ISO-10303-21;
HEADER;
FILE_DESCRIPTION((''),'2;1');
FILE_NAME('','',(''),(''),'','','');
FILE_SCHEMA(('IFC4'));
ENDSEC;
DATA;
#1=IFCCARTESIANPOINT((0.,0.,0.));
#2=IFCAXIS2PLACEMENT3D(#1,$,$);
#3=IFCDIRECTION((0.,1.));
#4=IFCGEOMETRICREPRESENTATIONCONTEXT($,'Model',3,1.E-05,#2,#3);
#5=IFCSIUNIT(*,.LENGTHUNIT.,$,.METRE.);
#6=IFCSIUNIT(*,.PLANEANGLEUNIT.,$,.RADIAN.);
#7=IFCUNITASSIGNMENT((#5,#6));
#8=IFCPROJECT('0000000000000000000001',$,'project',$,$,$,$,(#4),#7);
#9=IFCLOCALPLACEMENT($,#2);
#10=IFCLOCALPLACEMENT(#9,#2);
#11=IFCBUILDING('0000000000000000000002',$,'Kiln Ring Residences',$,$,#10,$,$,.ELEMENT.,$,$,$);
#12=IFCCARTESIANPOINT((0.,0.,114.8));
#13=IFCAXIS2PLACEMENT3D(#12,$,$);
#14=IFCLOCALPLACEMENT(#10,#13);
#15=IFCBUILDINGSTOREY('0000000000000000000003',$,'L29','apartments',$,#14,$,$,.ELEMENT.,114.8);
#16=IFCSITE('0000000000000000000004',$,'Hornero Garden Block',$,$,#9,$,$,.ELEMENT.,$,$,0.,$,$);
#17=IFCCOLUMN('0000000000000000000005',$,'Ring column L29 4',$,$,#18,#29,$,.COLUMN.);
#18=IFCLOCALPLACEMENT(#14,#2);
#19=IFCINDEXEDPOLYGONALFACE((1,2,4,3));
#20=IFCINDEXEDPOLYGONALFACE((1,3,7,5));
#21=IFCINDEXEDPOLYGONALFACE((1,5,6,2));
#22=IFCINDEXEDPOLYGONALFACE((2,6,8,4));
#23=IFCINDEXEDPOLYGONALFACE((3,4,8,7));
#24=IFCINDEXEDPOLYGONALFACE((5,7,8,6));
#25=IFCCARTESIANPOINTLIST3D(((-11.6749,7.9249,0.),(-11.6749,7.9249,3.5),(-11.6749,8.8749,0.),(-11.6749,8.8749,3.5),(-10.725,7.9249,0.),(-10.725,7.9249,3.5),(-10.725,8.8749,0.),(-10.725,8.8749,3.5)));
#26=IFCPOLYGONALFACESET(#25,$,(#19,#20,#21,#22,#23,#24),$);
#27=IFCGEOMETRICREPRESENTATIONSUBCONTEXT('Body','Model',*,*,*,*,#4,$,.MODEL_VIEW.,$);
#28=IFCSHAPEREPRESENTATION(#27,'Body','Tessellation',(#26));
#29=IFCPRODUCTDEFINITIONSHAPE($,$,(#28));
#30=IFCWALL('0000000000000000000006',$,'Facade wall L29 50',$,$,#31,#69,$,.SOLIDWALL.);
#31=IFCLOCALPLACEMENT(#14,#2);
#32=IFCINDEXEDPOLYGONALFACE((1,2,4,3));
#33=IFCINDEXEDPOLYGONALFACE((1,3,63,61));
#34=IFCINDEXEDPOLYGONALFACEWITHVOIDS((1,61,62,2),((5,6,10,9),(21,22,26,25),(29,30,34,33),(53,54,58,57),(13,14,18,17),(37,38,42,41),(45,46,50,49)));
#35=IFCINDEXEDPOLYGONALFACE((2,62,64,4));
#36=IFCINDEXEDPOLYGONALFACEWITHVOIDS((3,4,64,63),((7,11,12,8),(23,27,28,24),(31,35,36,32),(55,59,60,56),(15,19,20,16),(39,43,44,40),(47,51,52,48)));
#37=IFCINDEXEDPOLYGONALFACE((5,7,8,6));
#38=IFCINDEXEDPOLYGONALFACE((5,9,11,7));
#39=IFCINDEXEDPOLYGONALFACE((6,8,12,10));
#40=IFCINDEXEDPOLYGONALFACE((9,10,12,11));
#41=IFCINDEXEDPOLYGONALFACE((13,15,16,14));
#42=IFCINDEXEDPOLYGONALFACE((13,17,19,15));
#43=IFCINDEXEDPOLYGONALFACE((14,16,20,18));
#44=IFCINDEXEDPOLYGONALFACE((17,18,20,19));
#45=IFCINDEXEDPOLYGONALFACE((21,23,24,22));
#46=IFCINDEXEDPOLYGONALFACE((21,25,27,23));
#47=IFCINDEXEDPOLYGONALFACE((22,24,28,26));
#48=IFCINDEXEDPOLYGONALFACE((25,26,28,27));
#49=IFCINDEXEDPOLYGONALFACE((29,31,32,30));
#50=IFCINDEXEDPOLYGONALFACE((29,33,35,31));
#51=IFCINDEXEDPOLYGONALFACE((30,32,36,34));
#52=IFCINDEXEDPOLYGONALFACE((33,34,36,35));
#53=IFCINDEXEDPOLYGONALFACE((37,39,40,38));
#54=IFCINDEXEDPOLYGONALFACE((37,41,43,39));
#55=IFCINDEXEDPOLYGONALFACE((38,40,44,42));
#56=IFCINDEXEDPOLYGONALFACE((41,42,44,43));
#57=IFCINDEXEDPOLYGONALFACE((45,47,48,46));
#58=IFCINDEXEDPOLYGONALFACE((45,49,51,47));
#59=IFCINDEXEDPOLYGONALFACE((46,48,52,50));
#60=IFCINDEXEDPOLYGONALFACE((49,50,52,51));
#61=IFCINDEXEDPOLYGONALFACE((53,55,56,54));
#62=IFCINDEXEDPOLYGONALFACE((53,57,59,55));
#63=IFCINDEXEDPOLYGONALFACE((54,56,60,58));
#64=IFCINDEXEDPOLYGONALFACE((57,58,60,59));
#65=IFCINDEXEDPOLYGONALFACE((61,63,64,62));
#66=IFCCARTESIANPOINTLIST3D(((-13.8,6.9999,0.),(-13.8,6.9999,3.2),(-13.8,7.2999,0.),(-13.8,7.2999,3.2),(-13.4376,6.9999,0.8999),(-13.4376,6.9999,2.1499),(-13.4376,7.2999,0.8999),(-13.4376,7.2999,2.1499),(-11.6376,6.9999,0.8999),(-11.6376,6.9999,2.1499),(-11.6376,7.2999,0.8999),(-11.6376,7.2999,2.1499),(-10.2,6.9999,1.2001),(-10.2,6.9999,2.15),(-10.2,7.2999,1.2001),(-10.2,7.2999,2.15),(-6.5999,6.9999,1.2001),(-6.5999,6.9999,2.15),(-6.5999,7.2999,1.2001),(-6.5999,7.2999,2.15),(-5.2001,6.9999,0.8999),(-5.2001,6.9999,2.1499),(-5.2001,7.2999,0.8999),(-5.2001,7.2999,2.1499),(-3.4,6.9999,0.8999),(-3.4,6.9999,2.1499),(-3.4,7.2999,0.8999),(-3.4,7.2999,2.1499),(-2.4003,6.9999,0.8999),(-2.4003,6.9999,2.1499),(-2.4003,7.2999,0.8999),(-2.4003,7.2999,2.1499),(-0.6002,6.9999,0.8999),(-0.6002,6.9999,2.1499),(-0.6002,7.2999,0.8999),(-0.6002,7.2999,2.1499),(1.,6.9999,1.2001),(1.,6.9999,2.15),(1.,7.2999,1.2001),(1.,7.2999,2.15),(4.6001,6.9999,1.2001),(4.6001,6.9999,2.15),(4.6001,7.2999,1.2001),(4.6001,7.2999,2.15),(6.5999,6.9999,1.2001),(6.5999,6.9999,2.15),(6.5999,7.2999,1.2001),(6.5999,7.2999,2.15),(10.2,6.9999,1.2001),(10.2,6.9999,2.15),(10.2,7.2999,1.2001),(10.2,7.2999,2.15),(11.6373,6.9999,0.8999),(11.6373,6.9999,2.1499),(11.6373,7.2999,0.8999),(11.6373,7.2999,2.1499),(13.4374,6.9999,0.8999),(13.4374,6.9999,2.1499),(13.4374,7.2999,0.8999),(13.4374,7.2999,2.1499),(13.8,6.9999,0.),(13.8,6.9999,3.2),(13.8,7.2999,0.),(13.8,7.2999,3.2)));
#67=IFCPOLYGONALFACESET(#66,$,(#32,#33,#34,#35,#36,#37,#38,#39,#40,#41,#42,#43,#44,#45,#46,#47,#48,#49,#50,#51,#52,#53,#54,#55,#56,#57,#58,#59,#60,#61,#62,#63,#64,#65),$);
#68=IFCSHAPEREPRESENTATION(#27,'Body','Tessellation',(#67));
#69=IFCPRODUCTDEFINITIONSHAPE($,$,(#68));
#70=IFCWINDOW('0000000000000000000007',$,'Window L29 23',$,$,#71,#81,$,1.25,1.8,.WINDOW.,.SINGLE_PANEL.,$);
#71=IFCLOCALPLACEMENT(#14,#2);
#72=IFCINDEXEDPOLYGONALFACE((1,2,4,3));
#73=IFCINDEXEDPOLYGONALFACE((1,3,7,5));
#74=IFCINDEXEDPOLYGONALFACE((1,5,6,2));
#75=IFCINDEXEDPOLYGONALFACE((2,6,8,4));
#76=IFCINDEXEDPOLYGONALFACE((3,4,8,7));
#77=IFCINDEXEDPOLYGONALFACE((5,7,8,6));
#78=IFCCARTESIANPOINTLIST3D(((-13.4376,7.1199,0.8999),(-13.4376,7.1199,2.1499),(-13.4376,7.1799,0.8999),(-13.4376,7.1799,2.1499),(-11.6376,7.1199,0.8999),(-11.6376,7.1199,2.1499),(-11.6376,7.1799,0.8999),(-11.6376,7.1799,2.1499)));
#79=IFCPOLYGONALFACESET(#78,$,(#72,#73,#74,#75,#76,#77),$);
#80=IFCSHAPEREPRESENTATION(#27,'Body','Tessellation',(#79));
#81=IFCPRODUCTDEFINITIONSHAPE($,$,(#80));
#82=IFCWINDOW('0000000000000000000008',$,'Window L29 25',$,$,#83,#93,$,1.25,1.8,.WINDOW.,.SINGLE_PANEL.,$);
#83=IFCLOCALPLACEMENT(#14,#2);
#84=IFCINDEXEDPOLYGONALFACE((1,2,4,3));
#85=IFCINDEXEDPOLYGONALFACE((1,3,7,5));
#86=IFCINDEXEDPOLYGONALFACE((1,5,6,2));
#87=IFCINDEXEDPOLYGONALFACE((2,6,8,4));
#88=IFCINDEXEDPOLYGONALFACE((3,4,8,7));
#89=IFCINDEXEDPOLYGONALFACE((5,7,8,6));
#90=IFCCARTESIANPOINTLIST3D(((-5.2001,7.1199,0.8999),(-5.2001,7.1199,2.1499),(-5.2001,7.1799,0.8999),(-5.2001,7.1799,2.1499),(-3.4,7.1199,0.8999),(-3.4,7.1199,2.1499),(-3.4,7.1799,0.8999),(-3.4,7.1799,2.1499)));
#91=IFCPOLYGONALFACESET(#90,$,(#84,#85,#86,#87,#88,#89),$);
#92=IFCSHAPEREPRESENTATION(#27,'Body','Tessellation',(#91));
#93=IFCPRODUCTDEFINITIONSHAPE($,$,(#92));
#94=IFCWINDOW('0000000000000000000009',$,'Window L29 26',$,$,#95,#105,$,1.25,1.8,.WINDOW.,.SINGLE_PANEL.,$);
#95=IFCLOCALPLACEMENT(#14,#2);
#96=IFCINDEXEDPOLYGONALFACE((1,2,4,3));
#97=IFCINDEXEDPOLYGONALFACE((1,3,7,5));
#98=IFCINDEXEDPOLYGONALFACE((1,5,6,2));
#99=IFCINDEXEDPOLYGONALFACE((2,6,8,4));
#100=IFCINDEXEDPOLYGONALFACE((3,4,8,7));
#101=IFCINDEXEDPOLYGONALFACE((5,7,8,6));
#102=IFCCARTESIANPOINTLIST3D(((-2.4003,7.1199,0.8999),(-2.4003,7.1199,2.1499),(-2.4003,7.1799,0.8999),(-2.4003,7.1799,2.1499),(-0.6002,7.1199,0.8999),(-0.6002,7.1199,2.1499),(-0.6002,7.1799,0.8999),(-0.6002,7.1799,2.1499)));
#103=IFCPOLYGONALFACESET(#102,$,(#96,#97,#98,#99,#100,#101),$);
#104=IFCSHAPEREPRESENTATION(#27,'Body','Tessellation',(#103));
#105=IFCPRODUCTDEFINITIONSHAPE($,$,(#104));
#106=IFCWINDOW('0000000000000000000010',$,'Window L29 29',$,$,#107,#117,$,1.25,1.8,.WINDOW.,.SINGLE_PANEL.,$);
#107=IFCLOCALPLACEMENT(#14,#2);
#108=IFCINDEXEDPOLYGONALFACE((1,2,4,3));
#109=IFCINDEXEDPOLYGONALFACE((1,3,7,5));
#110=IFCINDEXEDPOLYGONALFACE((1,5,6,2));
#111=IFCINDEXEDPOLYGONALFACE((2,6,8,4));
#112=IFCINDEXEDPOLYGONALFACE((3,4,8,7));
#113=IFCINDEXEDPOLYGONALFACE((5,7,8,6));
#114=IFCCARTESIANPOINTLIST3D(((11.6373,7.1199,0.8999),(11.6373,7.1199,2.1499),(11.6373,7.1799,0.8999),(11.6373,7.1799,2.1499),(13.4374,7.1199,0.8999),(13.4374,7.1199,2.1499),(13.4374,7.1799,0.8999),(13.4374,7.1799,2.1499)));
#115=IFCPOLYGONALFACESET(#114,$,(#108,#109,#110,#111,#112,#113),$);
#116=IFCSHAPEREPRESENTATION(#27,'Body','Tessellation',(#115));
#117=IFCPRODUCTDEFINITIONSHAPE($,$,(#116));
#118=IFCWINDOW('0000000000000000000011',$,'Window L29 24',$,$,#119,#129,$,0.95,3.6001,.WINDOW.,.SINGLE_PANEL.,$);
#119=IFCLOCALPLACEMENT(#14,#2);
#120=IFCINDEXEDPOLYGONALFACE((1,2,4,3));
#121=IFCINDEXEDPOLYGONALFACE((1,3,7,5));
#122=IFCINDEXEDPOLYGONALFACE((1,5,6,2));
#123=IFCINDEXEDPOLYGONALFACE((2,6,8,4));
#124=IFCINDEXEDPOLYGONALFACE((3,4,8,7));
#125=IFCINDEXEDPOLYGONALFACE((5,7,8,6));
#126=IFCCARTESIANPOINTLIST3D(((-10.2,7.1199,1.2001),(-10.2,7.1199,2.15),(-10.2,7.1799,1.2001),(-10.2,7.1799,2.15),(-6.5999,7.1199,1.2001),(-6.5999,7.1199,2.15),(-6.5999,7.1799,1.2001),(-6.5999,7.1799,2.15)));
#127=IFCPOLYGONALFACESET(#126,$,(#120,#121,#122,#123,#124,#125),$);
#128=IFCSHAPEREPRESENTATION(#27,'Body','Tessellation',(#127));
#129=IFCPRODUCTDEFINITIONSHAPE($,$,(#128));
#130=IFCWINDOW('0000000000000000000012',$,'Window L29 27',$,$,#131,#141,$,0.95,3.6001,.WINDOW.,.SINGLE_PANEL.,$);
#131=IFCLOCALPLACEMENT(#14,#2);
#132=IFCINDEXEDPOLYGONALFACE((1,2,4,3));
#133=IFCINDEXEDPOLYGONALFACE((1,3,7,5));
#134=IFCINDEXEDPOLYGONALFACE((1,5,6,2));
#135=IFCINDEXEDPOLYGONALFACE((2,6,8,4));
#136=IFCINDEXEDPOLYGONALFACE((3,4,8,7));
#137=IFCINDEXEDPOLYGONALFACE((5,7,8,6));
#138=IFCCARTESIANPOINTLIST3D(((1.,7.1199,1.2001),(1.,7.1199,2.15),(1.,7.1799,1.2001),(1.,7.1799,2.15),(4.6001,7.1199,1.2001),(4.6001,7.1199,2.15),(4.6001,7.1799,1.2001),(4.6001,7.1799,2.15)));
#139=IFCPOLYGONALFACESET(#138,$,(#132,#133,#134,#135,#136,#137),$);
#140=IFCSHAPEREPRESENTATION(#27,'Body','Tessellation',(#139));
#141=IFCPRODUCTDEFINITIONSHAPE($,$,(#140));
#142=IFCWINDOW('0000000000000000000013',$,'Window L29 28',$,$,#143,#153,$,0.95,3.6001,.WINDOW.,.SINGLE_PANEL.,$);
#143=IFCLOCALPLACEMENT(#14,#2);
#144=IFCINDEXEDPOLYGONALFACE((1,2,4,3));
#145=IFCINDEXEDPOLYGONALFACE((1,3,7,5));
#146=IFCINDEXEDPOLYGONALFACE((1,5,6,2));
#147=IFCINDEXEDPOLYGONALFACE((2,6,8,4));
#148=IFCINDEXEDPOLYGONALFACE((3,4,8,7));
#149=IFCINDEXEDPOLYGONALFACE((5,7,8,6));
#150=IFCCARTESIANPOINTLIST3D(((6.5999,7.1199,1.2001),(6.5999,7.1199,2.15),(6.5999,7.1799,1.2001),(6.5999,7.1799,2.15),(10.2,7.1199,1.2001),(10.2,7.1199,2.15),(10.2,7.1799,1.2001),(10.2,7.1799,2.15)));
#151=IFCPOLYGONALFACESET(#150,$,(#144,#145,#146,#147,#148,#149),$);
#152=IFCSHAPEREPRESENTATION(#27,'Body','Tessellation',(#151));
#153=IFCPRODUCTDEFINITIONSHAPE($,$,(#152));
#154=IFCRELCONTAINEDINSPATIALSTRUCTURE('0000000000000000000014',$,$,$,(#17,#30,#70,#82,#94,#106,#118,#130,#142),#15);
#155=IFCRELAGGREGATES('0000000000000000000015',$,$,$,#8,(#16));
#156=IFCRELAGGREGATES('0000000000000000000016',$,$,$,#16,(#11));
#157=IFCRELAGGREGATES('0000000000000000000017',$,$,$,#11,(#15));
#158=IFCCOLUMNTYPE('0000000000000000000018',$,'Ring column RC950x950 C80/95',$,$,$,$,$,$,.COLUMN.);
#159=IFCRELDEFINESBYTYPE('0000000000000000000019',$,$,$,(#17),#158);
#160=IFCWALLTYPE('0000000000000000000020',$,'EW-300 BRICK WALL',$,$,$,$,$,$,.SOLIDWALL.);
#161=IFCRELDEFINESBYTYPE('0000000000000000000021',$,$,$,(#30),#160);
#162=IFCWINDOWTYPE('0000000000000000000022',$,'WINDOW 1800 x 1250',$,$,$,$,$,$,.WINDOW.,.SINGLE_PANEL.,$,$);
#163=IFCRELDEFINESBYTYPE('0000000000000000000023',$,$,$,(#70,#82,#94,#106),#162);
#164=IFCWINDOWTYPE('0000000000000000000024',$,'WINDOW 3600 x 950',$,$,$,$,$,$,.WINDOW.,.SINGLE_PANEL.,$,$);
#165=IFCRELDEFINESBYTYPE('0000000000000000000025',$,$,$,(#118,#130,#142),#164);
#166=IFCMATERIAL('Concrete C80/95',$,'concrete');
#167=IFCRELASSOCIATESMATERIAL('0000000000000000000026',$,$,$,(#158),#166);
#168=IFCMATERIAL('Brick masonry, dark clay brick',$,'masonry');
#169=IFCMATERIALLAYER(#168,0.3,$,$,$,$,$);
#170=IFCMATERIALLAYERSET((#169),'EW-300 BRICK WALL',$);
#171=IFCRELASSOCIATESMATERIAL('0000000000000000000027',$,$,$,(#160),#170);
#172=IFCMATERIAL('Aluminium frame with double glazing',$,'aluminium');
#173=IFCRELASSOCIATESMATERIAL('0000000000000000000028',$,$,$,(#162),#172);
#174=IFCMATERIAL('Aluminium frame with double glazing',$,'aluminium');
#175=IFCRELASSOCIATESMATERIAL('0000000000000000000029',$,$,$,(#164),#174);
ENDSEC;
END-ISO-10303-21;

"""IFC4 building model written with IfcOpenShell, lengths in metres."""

from ifc_helpers import new_model, si_unit, direction, frame, frame_2d, origin, origin_2d, place, context, subcontext, project, spatial, rectangle, extrude, material, layer, layer_set, material_profile, profile_set, type_object, element, fill, save


model = new_model("IFC4")

# Units and contexts
model_context = context("Model", 3, precision=1e-05, world=origin(), true_north=direction((0.0, 1.0)))
body_context = subcontext(model_context, "Body", "Model", "MODEL_VIEW")
ifc_project = project(units=[si_unit("LENGTHUNIT", "METRE"), si_unit("PLANEANGLEUNIT", "RADIAN")], contexts=[model_context])

# Site, building, storey
site_placement = place(None, origin())
site = spatial("IfcSite", under=ifc_project, at=site_placement, Name="Hornero Garden Block", CompositionType="ELEMENT", RefElevation=0.0)
building_placement = place(site_placement, origin())
building = spatial("IfcBuilding", under=site, at=building_placement, Name="Kiln Ring Residences", CompositionType="ELEMENT")
storey_placement = place(building_placement, frame((0.0, 0.0, 114.8)))
storey = spatial("IfcBuildingStorey", under=building, at=storey_placement, Name="L29", Description="apartments", CompositionType="ELEMENT", Elevation=114.8)

# Column
ifc_material_1 = material(Name="Concrete C80/95", Category="concrete")
ifc_material_profile = material_profile(ifc_material_1, rectangle(XDim=0.95, YDim=0.95, at=origin_2d()), Name="RC950x950")
ifc_profile_set = profile_set([ifc_material_profile], Name="Concrete C80/95")
column_type = type_object("IfcColumnType", Name="Ring column RC950x950 C80/95", PredefinedType="COLUMN", material=ifc_profile_set)
column_placement = place(storey_placement, frame((-11.2, 8.3999, 0.0), z_axis=(0.0, 0.0, 1.0), x_axis=(1.0, 0.0, 0.0)))
element("IfcColumn", 1, at=column_placement, inside=storey, type_object=column_type, Name="Ring column L29 4", PredefinedType="COLUMN", context=body_context, shape_type="SweptSolid", body=[
    extrude(rectangle(XDim=0.95, YDim=0.95, at=origin_2d()), origin(), (0.0, 0.0, 1.0), 3.5),
])

# Wall, openings, windows
ifc_material_2 = material(Name="Brick masonry, dark clay brick", Category="masonry")
ifc_layer_1 = layer(ifc_material_2, 0.3)
ifc_layer_set_1 = layer_set([ifc_layer_1], Name="EW-300 BRICK WALL")
wall_type_1 = type_object("IfcWallType", Name="EW-300 BRICK WALL", PredefinedType="SOLIDWALL", material=ifc_layer_set_1)
wall_1_placement = place(storey_placement, frame((-13.8, 7.1499, 0.0), z_axis=(0.0, 0.0, 1.0), x_axis=(1.0, 0.0, 0.0)))
wall_1 = element("IfcWall", 2, at=wall_1_placement, inside=storey, type_object=wall_type_1, Name="Facade wall L29 50", PredefinedType="SOLIDWALL", context=body_context, shape_type="SweptSolid", body=[
    extrude(rectangle(XDim=27.6001, YDim=0.3, at=frame_2d((13.8, 0.0))), origin(), (0.0, 0.0, 1.0), 3.2),
])
opening_1_placement = place(wall_1_placement, frame((0.3625, 0.0, 0.8999)))
opening_1 = element("IfcOpeningElement", 3, at=opening_1_placement, cuts=wall_1, PredefinedType="OPENING", context=body_context, shape_type="SweptSolid", body=[
    extrude(rectangle(XDim=1.8, YDim=1.25, at=frame_2d((0.8999, 0.625))), frame((0.0, 0.1599, 0.0), z_axis=(0.0, -1.0, 0.0), x_axis=(1.0, 0.0, 0.0)), (0.0, 0.0, 1.0), 0.3201),
])
opening_2_placement = place(wall_1_placement, frame((3.6001, 0.0, 1.2)))
opening_2 = element("IfcOpeningElement", 4, at=opening_2_placement, cuts=wall_1, PredefinedType="OPENING", context=body_context, shape_type="SweptSolid", body=[
    extrude(rectangle(XDim=3.6001, YDim=0.95, at=frame_2d((1.8, 0.4751))), frame((0.0, 0.1599, 0.0), z_axis=(0.0, -1.0, 0.0), x_axis=(1.0, 0.0, 0.0)), (0.0, 0.0, 1.0), 0.3201),
])
opening_3_placement = place(wall_1_placement, frame((8.6001, 0.0, 0.8999)))
opening_3 = element("IfcOpeningElement", 5, at=opening_3_placement, cuts=wall_1, PredefinedType="OPENING", context=body_context, shape_type="SweptSolid", body=[
    extrude(rectangle(XDim=1.8, YDim=1.25, at=frame_2d((0.8999, 0.625))), frame((0.0, 0.1599, 0.0), z_axis=(0.0, -1.0, 0.0), x_axis=(1.0, 0.0, 0.0)), (0.0, 0.0, 1.0), 0.3201),
])
opening_4_placement = place(wall_1_placement, frame((11.3999, 0.0, 0.8999)))
opening_4 = element("IfcOpeningElement", 6, at=opening_4_placement, cuts=wall_1, PredefinedType="OPENING", context=body_context, shape_type="SweptSolid", body=[
    extrude(rectangle(XDim=1.8, YDim=1.25, at=frame_2d((0.8999, 0.625))), frame((0.0, 0.1599, 0.0), z_axis=(0.0, -1.0, 0.0), x_axis=(1.0, 0.0, 0.0)), (0.0, 0.0, 1.0), 0.3201),
])
opening_5_placement = place(wall_1_placement, frame((14.8, 0.0, 1.2)))
opening_5 = element("IfcOpeningElement", 7, at=opening_5_placement, cuts=wall_1, PredefinedType="OPENING", context=body_context, shape_type="SweptSolid", body=[
    extrude(rectangle(XDim=3.6001, YDim=0.95, at=frame_2d((1.8, 0.4751))), frame((0.0, 0.1599, 0.0), z_axis=(0.0, -1.0, 0.0), x_axis=(1.0, 0.0, 0.0)), (0.0, 0.0, 1.0), 0.3201),
])
opening_6_placement = place(wall_1_placement, frame((20.3999, 0.0, 1.2)))
opening_6 = element("IfcOpeningElement", 8, at=opening_6_placement, cuts=wall_1, PredefinedType="OPENING", context=body_context, shape_type="SweptSolid", body=[
    extrude(rectangle(XDim=3.6001, YDim=0.95, at=frame_2d((1.8, 0.4751))), frame((0.0, 0.1599, 0.0), z_axis=(0.0, -1.0, 0.0), x_axis=(1.0, 0.0, 0.0)), (0.0, 0.0, 1.0), 0.3201),
])
opening_7_placement = place(wall_1_placement, frame((25.4375, 0.0, 0.8999)))
opening_7 = element("IfcOpeningElement", 9, at=opening_7_placement, cuts=wall_1, PredefinedType="OPENING", context=body_context, shape_type="SweptSolid", body=[
    extrude(rectangle(XDim=1.8, YDim=1.25, at=frame_2d((0.8999, 0.625))), frame((0.0, 0.1599, 0.0), z_axis=(0.0, -1.0, 0.0), x_axis=(1.0, 0.0, 0.0)), (0.0, 0.0, 1.0), 0.3201),
])
ifc_material_3 = material(Name="Aluminium frame with double glazing", Category="aluminium")
window_type_1 = type_object("IfcWindowType", Name="WINDOW 1800 x 1250", PartitioningType="SINGLE_PANEL", PredefinedType="WINDOW", material=ifc_material_3)
window_1_placement = place(opening_1_placement, origin())
window_1 = element("IfcWindow", 10, at=window_1_placement, inside=storey, type_object=window_type_1, Name="Window L29 23", OverallHeight=1.25, OverallWidth=1.8, PartitioningType="SINGLE_PANEL", PredefinedType="WINDOW", context=body_context, shape_type="SweptSolid", body=[
    extrude(rectangle(XDim=1.8, YDim=1.25, at=frame_2d((0.8999, 0.625))), frame((0.0, 0.03, 0.0), z_axis=(0.0, -1.0, 0.0), x_axis=(1.0, 0.0, 0.0)), (0.0, 0.0, 1.0), 0.0601),
])
fill(opening_1, window_1)
window_2_placement = place(opening_3_placement, origin())
window_2 = element("IfcWindow", 11, at=window_2_placement, inside=storey, type_object=window_type_1, Name="Window L29 25", OverallHeight=1.25, OverallWidth=1.8, PartitioningType="SINGLE_PANEL", PredefinedType="WINDOW", context=body_context, shape_type="SweptSolid", body=[
    extrude(rectangle(XDim=1.8, YDim=1.25, at=frame_2d((0.8999, 0.625))), frame((0.0, 0.03, 0.0), z_axis=(0.0, -1.0, 0.0), x_axis=(1.0, 0.0, 0.0)), (0.0, 0.0, 1.0), 0.0601),
])
fill(opening_3, window_2)
window_3_placement = place(opening_4_placement, origin())
window_3 = element("IfcWindow", 12, at=window_3_placement, inside=storey, type_object=window_type_1, Name="Window L29 26", OverallHeight=1.25, OverallWidth=1.8, PartitioningType="SINGLE_PANEL", PredefinedType="WINDOW", context=body_context, shape_type="SweptSolid", body=[
    extrude(rectangle(XDim=1.8, YDim=1.25, at=frame_2d((0.8999, 0.625))), frame((0.0, 0.03, 0.0), z_axis=(0.0, -1.0, 0.0), x_axis=(1.0, 0.0, 0.0)), (0.0, 0.0, 1.0), 0.0601),
])
fill(opening_4, window_3)
window_4_placement = place(opening_7_placement, origin())
window_4 = element("IfcWindow", 13, at=window_4_placement, inside=storey, type_object=window_type_1, Name="Window L29 29", OverallHeight=1.25, OverallWidth=1.8, PartitioningType="SINGLE_PANEL", PredefinedType="WINDOW", context=body_context, shape_type="SweptSolid", body=[
    extrude(rectangle(XDim=1.8, YDim=1.25, at=frame_2d((0.8999, 0.625))), frame((0.0, 0.03, 0.0), z_axis=(0.0, -1.0, 0.0), x_axis=(1.0, 0.0, 0.0)), (0.0, 0.0, 1.0), 0.0601),
])
fill(opening_7, window_4)
ifc_material_4 = material(Name="Aluminium frame with double glazing", Category="aluminium")
window_type_2 = type_object("IfcWindowType", Name="WINDOW 3600 x 950", PartitioningType="SINGLE_PANEL", PredefinedType="WINDOW", material=ifc_material_4)
window_5_placement = place(opening_2_placement, origin())
window_5 = element("IfcWindow", 14, at=window_5_placement, inside=storey, type_object=window_type_2, Name="Window L29 24", OverallHeight=0.95, OverallWidth=3.6001, PartitioningType="SINGLE_PANEL", PredefinedType="WINDOW", context=body_context, shape_type="SweptSolid", body=[
    extrude(rectangle(XDim=3.6001, YDim=0.95, at=frame_2d((1.8, 0.4751))), frame((0.0, 0.03, 0.0), z_axis=(0.0, -1.0, 0.0), x_axis=(1.0, 0.0, 0.0)), (0.0, 0.0, 1.0), 0.0601),
])
fill(opening_2, window_5)
window_6_placement = place(opening_5_placement, origin())
window_6 = element("IfcWindow", 15, at=window_6_placement, inside=storey, type_object=window_type_2, Name="Window L29 27", OverallHeight=0.95, OverallWidth=3.6001, PartitioningType="SINGLE_PANEL", PredefinedType="WINDOW", context=body_context, shape_type="SweptSolid", body=[
    extrude(rectangle(XDim=3.6001, YDim=0.95, at=frame_2d((1.8, 0.4751))), frame((0.0, 0.03, 0.0), z_axis=(0.0, -1.0, 0.0), x_axis=(1.0, 0.0, 0.0)), (0.0, 0.0, 1.0), 0.0601),
])
fill(opening_5, window_6)
window_7_placement = place(opening_6_placement, origin())
window_7 = element("IfcWindow", 16, at=window_7_placement, inside=storey, type_object=window_type_2, Name="Window L29 28", OverallHeight=0.95, OverallWidth=3.6001, PartitioningType="SINGLE_PANEL", PredefinedType="WINDOW", context=body_context, shape_type="SweptSolid", body=[
    extrude(rectangle(XDim=3.6001, YDim=0.95, at=frame_2d((1.8, 0.4751))), frame((0.0, 0.03, 0.0), z_axis=(0.0, -1.0, 0.0), x_axis=(1.0, 0.0, 0.0)), (0.0, 0.0, 1.0), 0.0601),
])
fill(opening_6, window_7)

save(model, "model.ifc")
